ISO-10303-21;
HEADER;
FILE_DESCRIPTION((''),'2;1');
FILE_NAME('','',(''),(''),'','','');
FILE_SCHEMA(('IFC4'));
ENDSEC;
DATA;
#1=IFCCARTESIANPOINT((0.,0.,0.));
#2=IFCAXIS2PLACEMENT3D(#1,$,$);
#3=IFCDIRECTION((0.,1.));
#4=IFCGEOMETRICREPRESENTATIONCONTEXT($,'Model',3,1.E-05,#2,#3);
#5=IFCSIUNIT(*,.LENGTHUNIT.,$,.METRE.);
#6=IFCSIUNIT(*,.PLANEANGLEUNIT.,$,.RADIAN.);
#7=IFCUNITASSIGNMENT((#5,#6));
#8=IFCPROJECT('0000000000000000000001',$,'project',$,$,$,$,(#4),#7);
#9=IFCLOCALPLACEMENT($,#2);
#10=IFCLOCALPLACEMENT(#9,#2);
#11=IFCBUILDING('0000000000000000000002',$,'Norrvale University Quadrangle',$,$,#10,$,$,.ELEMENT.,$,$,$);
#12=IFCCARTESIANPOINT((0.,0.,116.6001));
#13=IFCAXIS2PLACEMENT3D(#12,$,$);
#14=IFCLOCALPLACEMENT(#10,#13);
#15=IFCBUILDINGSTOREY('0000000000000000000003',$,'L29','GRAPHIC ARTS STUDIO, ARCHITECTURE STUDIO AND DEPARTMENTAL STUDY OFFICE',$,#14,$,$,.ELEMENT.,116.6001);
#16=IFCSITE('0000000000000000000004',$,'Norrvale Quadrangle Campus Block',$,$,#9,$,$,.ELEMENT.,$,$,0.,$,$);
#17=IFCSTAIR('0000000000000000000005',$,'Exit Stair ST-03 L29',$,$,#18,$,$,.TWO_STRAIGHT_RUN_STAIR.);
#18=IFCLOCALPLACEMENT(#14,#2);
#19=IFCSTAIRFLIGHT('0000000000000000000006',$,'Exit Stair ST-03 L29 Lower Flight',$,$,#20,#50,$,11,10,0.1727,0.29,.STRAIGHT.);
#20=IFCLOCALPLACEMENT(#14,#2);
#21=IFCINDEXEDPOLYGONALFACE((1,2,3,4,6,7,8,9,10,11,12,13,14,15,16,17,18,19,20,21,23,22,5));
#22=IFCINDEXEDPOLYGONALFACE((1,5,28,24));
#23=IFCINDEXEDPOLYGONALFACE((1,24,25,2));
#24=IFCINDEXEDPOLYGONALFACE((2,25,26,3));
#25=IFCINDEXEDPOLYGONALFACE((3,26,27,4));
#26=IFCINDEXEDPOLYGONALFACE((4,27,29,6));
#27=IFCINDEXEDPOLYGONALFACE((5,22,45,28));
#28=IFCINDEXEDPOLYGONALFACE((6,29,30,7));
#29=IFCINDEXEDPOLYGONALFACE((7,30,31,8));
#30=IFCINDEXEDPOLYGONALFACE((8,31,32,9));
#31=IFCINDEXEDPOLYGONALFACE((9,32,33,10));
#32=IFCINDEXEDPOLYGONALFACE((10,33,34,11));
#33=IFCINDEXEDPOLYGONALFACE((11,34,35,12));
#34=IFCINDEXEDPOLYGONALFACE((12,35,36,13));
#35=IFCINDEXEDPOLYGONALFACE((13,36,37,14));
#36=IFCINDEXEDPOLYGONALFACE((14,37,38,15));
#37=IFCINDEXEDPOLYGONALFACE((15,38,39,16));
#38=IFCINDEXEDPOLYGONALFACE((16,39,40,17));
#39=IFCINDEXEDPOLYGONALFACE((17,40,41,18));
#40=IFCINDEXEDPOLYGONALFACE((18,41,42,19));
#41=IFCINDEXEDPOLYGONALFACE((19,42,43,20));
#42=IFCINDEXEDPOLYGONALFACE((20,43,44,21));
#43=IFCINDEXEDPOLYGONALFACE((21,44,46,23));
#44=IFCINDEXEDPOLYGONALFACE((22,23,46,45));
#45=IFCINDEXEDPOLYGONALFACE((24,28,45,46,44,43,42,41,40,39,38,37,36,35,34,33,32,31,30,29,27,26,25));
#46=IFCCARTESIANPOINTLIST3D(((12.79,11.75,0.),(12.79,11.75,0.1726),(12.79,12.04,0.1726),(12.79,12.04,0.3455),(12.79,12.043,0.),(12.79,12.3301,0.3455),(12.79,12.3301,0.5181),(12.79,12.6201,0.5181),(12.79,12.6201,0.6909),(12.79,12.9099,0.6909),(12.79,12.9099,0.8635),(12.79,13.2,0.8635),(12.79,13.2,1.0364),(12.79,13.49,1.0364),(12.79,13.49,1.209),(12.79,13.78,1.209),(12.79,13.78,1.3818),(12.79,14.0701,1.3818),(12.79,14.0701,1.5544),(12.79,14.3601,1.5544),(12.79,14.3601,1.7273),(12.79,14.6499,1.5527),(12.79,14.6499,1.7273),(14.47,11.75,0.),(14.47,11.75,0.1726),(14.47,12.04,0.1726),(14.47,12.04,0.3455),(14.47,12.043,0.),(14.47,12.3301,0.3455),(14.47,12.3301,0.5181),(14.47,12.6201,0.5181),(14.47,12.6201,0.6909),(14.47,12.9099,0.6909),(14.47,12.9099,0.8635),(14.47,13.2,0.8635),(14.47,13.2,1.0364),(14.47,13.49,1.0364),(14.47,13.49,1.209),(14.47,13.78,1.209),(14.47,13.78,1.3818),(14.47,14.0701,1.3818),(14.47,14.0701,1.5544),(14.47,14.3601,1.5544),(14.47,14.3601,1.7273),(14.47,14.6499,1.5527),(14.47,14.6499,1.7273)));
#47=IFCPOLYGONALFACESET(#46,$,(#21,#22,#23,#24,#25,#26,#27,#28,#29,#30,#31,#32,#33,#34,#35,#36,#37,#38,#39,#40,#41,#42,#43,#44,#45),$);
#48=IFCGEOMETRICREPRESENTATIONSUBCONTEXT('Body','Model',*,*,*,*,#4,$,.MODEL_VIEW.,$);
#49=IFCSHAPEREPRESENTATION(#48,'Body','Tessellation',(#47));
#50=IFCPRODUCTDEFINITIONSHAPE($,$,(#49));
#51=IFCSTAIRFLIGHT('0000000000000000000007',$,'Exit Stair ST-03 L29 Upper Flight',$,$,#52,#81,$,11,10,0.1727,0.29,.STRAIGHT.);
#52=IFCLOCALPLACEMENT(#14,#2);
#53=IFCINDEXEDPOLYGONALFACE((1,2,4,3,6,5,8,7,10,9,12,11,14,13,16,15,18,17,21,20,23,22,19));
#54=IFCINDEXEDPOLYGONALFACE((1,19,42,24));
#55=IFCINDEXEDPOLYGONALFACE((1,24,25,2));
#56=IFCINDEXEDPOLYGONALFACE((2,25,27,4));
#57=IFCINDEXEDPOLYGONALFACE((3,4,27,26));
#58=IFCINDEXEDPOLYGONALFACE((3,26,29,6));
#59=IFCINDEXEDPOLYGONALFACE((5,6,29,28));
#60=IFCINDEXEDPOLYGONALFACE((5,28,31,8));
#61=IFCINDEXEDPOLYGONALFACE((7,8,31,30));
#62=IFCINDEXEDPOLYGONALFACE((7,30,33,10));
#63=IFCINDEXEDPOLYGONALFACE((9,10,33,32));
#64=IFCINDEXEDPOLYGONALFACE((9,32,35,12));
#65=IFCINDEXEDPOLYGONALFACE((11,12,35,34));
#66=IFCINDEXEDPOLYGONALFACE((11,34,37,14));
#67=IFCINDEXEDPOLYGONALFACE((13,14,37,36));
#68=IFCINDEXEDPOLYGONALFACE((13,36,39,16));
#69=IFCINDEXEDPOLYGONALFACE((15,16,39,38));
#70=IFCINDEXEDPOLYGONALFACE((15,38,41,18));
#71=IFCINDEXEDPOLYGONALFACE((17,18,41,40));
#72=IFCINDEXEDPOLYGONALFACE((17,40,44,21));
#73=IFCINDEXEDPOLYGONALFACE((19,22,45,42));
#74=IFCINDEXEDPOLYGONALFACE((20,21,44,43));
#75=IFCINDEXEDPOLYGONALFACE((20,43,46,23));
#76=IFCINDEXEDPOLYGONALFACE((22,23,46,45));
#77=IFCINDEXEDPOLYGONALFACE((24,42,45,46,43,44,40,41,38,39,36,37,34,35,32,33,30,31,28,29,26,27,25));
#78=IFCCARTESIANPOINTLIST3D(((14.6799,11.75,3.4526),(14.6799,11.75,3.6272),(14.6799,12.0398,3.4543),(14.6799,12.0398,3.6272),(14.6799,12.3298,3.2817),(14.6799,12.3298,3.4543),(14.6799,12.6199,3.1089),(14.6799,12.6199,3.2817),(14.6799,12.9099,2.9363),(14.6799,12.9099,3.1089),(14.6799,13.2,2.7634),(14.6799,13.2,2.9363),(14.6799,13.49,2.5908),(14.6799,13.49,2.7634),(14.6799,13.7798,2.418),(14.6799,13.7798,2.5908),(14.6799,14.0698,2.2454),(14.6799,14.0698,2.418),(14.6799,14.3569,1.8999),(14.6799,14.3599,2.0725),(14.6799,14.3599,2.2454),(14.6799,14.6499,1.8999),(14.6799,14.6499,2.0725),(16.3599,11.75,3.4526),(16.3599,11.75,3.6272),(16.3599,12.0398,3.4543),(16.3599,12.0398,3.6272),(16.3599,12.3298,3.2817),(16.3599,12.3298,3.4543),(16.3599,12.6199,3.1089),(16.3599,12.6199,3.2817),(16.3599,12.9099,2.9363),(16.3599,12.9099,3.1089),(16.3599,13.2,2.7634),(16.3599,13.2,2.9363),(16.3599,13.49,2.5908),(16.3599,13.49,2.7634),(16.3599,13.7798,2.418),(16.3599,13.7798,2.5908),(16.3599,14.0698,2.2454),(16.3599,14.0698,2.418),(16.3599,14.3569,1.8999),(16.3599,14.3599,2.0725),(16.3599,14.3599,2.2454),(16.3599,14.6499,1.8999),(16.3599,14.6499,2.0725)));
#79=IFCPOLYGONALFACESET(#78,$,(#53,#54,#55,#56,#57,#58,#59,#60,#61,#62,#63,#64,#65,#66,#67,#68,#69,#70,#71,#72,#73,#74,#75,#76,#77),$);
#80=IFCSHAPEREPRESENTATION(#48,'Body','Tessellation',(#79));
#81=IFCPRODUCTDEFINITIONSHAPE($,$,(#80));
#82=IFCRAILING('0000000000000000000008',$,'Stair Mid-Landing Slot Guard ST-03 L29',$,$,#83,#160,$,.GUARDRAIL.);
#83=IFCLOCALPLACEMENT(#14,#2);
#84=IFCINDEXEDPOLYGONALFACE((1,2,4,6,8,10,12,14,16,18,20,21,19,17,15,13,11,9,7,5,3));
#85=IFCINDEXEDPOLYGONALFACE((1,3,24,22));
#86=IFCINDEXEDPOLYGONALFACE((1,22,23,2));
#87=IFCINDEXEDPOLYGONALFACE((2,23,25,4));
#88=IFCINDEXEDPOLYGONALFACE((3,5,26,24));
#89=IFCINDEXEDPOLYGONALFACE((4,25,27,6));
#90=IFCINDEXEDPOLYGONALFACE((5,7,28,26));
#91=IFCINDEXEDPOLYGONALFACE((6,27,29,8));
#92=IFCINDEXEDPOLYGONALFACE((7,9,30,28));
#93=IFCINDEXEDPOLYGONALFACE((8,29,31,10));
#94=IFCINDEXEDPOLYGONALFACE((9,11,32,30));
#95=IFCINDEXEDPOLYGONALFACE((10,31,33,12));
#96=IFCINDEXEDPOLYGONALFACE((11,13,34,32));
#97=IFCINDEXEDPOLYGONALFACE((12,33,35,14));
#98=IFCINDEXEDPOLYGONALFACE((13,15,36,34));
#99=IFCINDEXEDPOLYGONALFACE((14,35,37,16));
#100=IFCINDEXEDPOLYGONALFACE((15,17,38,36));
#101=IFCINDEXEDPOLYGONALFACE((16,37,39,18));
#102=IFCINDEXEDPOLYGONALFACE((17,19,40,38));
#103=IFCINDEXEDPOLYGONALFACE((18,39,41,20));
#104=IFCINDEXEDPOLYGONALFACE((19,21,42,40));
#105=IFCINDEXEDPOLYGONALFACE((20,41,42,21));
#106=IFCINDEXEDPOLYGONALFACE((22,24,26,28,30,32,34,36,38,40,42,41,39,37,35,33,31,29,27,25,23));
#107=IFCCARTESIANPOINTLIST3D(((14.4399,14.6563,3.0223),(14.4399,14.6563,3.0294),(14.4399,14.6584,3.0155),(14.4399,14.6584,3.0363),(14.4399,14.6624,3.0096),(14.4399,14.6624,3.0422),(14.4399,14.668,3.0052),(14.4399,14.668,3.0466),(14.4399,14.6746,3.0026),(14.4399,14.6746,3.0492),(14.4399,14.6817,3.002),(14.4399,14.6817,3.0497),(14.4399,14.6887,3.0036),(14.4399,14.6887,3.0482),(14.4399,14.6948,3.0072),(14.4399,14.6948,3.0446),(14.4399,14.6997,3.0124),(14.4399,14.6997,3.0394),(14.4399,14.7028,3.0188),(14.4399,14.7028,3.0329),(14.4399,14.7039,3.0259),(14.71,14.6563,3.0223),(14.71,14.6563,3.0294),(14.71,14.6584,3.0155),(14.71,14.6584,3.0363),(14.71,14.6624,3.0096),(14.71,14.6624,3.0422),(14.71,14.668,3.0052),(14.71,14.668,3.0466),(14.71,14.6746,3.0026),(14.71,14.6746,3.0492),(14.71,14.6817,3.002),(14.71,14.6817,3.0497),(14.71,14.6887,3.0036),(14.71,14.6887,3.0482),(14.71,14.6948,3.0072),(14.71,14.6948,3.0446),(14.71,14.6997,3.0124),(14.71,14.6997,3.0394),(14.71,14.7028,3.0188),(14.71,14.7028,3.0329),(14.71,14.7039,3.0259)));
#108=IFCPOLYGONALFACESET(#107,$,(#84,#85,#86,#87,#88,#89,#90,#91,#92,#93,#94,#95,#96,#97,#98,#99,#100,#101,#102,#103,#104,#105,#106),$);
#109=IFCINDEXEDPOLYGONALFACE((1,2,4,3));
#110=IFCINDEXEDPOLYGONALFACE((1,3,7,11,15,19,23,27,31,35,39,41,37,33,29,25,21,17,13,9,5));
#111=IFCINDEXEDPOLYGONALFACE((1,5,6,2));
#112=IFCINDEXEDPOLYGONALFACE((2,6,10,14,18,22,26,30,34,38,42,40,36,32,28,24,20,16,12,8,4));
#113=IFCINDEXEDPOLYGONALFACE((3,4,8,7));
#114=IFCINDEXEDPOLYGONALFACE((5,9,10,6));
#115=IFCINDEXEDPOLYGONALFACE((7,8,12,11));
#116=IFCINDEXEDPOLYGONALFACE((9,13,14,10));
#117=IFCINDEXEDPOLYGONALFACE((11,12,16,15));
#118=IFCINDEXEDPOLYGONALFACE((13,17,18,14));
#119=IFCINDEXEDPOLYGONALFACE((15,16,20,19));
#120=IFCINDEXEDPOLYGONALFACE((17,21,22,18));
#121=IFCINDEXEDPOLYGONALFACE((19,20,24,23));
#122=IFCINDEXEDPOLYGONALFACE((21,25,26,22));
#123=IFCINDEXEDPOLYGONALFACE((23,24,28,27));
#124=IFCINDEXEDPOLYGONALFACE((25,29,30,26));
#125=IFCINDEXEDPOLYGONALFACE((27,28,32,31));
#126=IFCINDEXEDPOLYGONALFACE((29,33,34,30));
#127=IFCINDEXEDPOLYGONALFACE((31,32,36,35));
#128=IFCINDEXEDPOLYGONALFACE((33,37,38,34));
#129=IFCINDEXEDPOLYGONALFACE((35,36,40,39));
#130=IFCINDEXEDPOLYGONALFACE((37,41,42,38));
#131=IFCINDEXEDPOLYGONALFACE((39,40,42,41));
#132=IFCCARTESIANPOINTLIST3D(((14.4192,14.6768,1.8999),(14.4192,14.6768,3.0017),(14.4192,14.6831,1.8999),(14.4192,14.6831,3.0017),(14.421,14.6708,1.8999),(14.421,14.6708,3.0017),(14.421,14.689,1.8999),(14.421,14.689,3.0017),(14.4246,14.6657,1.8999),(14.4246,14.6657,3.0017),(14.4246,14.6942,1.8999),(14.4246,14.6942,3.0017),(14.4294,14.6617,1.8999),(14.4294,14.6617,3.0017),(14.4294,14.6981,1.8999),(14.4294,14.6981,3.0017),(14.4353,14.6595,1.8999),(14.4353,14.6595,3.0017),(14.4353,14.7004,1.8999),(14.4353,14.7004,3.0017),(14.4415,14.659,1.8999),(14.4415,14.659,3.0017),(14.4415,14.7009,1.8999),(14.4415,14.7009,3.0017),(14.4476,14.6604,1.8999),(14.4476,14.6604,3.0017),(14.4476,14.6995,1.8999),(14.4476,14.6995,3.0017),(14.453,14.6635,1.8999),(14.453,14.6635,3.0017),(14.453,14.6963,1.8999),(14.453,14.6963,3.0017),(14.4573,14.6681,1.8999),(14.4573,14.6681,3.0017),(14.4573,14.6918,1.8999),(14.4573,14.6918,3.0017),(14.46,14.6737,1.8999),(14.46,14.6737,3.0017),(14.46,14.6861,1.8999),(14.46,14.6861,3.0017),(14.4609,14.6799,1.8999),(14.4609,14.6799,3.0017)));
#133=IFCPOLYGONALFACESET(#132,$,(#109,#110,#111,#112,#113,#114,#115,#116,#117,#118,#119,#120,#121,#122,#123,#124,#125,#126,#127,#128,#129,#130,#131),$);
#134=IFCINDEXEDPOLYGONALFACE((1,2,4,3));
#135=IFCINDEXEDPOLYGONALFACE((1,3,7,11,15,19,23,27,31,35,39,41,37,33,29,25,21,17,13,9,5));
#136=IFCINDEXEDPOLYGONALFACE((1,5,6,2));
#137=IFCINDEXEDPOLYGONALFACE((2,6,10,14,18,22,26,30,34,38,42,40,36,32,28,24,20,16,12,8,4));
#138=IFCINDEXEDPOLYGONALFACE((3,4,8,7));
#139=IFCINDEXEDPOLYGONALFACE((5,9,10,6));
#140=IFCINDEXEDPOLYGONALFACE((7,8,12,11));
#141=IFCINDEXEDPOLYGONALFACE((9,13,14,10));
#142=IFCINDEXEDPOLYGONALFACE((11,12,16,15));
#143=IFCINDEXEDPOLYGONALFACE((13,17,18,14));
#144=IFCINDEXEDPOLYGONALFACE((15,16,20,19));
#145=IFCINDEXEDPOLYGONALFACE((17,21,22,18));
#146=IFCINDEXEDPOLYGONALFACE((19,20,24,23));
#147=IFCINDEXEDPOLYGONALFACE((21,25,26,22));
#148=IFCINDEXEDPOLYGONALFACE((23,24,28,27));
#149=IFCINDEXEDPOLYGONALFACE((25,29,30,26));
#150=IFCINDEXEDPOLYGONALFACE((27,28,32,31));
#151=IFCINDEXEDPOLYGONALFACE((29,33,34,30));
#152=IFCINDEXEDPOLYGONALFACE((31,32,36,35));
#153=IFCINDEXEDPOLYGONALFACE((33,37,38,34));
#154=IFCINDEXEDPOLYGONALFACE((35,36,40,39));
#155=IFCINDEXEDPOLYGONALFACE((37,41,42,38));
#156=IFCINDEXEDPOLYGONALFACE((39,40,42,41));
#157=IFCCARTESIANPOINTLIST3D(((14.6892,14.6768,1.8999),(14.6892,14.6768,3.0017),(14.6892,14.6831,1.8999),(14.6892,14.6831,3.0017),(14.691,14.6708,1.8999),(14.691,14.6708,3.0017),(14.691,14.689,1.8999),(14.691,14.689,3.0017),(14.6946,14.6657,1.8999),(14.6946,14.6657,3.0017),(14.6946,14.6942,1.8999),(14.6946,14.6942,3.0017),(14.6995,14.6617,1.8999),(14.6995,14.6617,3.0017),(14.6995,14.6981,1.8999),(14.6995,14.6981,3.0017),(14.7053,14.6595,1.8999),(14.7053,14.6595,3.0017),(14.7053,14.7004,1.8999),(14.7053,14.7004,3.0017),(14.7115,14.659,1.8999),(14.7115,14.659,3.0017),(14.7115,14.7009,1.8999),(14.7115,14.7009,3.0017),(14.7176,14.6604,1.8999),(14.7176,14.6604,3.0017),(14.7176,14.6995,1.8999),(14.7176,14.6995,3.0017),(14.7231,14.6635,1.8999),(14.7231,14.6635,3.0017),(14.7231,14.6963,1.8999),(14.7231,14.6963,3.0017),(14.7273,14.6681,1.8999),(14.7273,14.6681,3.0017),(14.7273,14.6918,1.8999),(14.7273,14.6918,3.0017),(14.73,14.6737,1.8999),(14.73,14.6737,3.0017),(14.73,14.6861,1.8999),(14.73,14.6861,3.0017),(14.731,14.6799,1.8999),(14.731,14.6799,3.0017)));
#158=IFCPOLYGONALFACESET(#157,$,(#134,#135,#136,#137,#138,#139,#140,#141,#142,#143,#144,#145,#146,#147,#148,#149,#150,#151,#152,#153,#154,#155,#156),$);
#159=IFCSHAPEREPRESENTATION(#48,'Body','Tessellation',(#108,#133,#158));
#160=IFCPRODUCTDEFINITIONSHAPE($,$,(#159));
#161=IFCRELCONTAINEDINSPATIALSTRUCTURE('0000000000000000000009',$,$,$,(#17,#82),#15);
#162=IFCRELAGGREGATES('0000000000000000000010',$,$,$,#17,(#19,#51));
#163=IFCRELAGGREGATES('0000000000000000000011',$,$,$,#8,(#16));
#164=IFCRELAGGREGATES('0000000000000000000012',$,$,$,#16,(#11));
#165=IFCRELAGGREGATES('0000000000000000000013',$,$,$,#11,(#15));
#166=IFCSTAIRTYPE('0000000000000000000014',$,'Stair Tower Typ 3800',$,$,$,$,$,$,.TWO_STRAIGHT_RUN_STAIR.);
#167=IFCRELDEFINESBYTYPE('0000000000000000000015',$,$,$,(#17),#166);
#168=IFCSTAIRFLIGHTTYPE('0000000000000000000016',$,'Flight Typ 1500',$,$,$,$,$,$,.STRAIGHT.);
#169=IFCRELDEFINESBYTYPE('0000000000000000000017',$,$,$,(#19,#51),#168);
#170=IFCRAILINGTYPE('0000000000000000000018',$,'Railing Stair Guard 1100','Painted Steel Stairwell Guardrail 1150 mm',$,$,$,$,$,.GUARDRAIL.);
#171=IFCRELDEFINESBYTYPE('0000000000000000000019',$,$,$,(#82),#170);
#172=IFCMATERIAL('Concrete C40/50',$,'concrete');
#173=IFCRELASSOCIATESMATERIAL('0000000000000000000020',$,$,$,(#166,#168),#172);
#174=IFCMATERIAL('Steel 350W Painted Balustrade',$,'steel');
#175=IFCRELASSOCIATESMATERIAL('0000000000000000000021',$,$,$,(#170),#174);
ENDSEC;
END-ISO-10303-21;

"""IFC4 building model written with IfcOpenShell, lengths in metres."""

from ifc_helpers import new_model, si_unit, direction, frame, origin, origin_2d, place, context, subcontext, project, spatial, polyline, circle, outline, extrude, material, type_object, element, aggregate, save


model = new_model("IFC4")

# Units and contexts
model_context = context("Model", 3, precision=1e-05, world=origin(), true_north=direction((0.0, 1.0)))
body_context = subcontext(model_context, "Body", "Model", "MODEL_VIEW")
ifc_project = project(units=[si_unit("LENGTHUNIT", "METRE"), si_unit("PLANEANGLEUNIT", "RADIAN")], contexts=[model_context])

# Site, building, storey
site_placement = place(None, origin())
site = spatial("IfcSite", under=ifc_project, at=site_placement, Name="Norrvale Quadrangle Campus Block", CompositionType="ELEMENT", RefElevation=0.0)
building_placement = place(site_placement, origin())
building = spatial("IfcBuilding", under=site, at=building_placement, Name="Norrvale University Quadrangle", CompositionType="ELEMENT")
storey_placement = place(building_placement, frame((0.0, 0.0, 116.6001)))
storey = spatial("IfcBuildingStorey", under=building, at=storey_placement, Name="L29", Description="GRAPHIC ARTS STUDIO, ARCHITECTURE STUDIO AND DEPARTMENTAL STUDY OFFICE", CompositionType="ELEMENT", Elevation=116.6001)

# Stair, stair flights
ifc_material_1 = material(Name="Concrete C40/50", Category="concrete")
stair_type = type_object("IfcStairType", Name="Stair Tower Typ 3800", PredefinedType="TWO_STRAIGHT_RUN_STAIR", material=ifc_material_1)
stair_placement = place(storey_placement, origin())
stair = element("IfcStair", 1, at=stair_placement, inside=storey, type_object=stair_type, Name="Exit Stair ST-03 L29", PredefinedType="TWO_STRAIGHT_RUN_STAIR")
stair_flight_type = type_object("IfcStairFlightType", Name="Flight Typ 1500", PredefinedType="STRAIGHT", material=ifc_material_1)
stair_flight_1_placement = place(storey_placement, frame((13.6299, 11.75, 0.0), z_axis=(0.0, 0.0, 1.0), x_axis=(0.0, 1.0, 0.0)))
stair_flight_1 = element("IfcStairFlight", 2, at=stair_flight_1_placement, type_object=stair_flight_type, Name="Exit Stair ST-03 L29 Lower Flight", NumberOfRisers=11, NumberOfTreads=10, PredefinedType="STRAIGHT", RiserHeight=0.1727, TreadLength=0.29, context=body_context, shape_type="SweptSolid", body=[
    extrude(outline(polyline([(0.0, 0.0), (0.0, 0.1726), (0.29, 0.1726), (0.29, 0.3455), (0.5801, 0.3455), (0.5801, 0.5181), (0.8701, 0.5181), (0.8701, 0.6909), (1.1599, 0.6909), (1.1599, 0.8635), (1.45, 0.8635), (1.45, 1.0364), (1.74, 1.0364), (1.74, 1.209), (2.03, 1.209), (2.03, 1.3818), (2.3201, 1.3818), (2.3201, 1.5544), (2.6101, 1.5544), (2.6101, 1.7273), (2.8999, 1.7273), (2.8999, 1.8999), (2.8999, 1.5527), (0.293, 0.0), (0.0, 0.0)])), frame((0.0, 0.8398, 0.0), z_axis=(0.0, -1.0, 0.0), x_axis=(1.0, 0.0, 0.0)), (0.0, 0.0, 1.0), 1.6799),
])
stair_flight_2_placement = place(storey_placement, frame((15.52, 14.6499, 1.8999), z_axis=(0.0, 0.0, 1.0), x_axis=(0.0, -1.0, 0.0)))
stair_flight_2 = element("IfcStairFlight", 3, at=stair_flight_2_placement, type_object=stair_flight_type, Name="Exit Stair ST-03 L29 Upper Flight", NumberOfRisers=11, NumberOfTreads=10, PredefinedType="STRAIGHT", RiserHeight=0.1727, TreadLength=0.29, context=body_context, shape_type="SweptSolid", body=[
    extrude(outline(polyline([(0.0, 0.0), (0.0, 0.1726), (0.29, 0.1726), (0.29, 0.3455), (0.5801, 0.3455), (0.5801, 0.5181), (0.8701, 0.5181), (0.8701, 0.6909), (1.1599, 0.6909), (1.1599, 0.8635), (1.45, 0.8635), (1.45, 1.0364), (1.74, 1.0364), (1.74, 1.209), (2.03, 1.209), (2.03, 1.3818), (2.3201, 1.3818), (2.3201, 1.5544), (2.6101, 1.5544), (2.6101, 1.7273), (2.8999, 1.7273), (2.8999, 1.8999), (2.8999, 1.5527), (0.293, 0.0), (0.0, 0.0)])), frame((0.0, 0.8398, 0.0), z_axis=(0.0, -1.0, 0.0), x_axis=(1.0, 0.0, 0.0)), (0.0, 0.0, 1.0), 1.6799),
])
aggregate(stair, [stair_flight_1, stair_flight_2])

# Railing
ifc_material_2 = material(Name="Steel 350W Painted Balustrade", Category="steel")
railing_type_1 = type_object("IfcRailingType", Name="Railing Stair Guard 1100", Description="Painted Steel Stairwell Guardrail 1150 mm", PredefinedType="GUARDRAIL", material=ifc_material_2)
railing_1_placement = place(storey_placement, frame((14.4399, 14.6799, 1.8999)))
element("IfcRailing", 4, at=railing_1_placement, inside=storey, type_object=railing_type_1, Name="Stair Mid-Landing Slot Guard ST-03 L29", PredefinedType="GUARDRAIL", context=body_context, shape_type="SweptSolid", body=[
    extrude(circle(Radius=0.0239, at=origin_2d()), frame((0.0, 0.0, 1.126), z_axis=(1.0, 0.0, 0.0), x_axis=(0.0, 1.0, 0.0)), (0.0, 0.0, 1.0), 0.27),
    extrude(circle(Radius=0.021, at=origin_2d()), origin(), (0.0, 0.0, 1.0), 1.1018),
    extrude(circle(Radius=0.021, at=origin_2d()), frame((0.27, 0.0, 0.0)), (0.0, 0.0, 1.0), 1.1018),
])

save(model, "model.ifc")
